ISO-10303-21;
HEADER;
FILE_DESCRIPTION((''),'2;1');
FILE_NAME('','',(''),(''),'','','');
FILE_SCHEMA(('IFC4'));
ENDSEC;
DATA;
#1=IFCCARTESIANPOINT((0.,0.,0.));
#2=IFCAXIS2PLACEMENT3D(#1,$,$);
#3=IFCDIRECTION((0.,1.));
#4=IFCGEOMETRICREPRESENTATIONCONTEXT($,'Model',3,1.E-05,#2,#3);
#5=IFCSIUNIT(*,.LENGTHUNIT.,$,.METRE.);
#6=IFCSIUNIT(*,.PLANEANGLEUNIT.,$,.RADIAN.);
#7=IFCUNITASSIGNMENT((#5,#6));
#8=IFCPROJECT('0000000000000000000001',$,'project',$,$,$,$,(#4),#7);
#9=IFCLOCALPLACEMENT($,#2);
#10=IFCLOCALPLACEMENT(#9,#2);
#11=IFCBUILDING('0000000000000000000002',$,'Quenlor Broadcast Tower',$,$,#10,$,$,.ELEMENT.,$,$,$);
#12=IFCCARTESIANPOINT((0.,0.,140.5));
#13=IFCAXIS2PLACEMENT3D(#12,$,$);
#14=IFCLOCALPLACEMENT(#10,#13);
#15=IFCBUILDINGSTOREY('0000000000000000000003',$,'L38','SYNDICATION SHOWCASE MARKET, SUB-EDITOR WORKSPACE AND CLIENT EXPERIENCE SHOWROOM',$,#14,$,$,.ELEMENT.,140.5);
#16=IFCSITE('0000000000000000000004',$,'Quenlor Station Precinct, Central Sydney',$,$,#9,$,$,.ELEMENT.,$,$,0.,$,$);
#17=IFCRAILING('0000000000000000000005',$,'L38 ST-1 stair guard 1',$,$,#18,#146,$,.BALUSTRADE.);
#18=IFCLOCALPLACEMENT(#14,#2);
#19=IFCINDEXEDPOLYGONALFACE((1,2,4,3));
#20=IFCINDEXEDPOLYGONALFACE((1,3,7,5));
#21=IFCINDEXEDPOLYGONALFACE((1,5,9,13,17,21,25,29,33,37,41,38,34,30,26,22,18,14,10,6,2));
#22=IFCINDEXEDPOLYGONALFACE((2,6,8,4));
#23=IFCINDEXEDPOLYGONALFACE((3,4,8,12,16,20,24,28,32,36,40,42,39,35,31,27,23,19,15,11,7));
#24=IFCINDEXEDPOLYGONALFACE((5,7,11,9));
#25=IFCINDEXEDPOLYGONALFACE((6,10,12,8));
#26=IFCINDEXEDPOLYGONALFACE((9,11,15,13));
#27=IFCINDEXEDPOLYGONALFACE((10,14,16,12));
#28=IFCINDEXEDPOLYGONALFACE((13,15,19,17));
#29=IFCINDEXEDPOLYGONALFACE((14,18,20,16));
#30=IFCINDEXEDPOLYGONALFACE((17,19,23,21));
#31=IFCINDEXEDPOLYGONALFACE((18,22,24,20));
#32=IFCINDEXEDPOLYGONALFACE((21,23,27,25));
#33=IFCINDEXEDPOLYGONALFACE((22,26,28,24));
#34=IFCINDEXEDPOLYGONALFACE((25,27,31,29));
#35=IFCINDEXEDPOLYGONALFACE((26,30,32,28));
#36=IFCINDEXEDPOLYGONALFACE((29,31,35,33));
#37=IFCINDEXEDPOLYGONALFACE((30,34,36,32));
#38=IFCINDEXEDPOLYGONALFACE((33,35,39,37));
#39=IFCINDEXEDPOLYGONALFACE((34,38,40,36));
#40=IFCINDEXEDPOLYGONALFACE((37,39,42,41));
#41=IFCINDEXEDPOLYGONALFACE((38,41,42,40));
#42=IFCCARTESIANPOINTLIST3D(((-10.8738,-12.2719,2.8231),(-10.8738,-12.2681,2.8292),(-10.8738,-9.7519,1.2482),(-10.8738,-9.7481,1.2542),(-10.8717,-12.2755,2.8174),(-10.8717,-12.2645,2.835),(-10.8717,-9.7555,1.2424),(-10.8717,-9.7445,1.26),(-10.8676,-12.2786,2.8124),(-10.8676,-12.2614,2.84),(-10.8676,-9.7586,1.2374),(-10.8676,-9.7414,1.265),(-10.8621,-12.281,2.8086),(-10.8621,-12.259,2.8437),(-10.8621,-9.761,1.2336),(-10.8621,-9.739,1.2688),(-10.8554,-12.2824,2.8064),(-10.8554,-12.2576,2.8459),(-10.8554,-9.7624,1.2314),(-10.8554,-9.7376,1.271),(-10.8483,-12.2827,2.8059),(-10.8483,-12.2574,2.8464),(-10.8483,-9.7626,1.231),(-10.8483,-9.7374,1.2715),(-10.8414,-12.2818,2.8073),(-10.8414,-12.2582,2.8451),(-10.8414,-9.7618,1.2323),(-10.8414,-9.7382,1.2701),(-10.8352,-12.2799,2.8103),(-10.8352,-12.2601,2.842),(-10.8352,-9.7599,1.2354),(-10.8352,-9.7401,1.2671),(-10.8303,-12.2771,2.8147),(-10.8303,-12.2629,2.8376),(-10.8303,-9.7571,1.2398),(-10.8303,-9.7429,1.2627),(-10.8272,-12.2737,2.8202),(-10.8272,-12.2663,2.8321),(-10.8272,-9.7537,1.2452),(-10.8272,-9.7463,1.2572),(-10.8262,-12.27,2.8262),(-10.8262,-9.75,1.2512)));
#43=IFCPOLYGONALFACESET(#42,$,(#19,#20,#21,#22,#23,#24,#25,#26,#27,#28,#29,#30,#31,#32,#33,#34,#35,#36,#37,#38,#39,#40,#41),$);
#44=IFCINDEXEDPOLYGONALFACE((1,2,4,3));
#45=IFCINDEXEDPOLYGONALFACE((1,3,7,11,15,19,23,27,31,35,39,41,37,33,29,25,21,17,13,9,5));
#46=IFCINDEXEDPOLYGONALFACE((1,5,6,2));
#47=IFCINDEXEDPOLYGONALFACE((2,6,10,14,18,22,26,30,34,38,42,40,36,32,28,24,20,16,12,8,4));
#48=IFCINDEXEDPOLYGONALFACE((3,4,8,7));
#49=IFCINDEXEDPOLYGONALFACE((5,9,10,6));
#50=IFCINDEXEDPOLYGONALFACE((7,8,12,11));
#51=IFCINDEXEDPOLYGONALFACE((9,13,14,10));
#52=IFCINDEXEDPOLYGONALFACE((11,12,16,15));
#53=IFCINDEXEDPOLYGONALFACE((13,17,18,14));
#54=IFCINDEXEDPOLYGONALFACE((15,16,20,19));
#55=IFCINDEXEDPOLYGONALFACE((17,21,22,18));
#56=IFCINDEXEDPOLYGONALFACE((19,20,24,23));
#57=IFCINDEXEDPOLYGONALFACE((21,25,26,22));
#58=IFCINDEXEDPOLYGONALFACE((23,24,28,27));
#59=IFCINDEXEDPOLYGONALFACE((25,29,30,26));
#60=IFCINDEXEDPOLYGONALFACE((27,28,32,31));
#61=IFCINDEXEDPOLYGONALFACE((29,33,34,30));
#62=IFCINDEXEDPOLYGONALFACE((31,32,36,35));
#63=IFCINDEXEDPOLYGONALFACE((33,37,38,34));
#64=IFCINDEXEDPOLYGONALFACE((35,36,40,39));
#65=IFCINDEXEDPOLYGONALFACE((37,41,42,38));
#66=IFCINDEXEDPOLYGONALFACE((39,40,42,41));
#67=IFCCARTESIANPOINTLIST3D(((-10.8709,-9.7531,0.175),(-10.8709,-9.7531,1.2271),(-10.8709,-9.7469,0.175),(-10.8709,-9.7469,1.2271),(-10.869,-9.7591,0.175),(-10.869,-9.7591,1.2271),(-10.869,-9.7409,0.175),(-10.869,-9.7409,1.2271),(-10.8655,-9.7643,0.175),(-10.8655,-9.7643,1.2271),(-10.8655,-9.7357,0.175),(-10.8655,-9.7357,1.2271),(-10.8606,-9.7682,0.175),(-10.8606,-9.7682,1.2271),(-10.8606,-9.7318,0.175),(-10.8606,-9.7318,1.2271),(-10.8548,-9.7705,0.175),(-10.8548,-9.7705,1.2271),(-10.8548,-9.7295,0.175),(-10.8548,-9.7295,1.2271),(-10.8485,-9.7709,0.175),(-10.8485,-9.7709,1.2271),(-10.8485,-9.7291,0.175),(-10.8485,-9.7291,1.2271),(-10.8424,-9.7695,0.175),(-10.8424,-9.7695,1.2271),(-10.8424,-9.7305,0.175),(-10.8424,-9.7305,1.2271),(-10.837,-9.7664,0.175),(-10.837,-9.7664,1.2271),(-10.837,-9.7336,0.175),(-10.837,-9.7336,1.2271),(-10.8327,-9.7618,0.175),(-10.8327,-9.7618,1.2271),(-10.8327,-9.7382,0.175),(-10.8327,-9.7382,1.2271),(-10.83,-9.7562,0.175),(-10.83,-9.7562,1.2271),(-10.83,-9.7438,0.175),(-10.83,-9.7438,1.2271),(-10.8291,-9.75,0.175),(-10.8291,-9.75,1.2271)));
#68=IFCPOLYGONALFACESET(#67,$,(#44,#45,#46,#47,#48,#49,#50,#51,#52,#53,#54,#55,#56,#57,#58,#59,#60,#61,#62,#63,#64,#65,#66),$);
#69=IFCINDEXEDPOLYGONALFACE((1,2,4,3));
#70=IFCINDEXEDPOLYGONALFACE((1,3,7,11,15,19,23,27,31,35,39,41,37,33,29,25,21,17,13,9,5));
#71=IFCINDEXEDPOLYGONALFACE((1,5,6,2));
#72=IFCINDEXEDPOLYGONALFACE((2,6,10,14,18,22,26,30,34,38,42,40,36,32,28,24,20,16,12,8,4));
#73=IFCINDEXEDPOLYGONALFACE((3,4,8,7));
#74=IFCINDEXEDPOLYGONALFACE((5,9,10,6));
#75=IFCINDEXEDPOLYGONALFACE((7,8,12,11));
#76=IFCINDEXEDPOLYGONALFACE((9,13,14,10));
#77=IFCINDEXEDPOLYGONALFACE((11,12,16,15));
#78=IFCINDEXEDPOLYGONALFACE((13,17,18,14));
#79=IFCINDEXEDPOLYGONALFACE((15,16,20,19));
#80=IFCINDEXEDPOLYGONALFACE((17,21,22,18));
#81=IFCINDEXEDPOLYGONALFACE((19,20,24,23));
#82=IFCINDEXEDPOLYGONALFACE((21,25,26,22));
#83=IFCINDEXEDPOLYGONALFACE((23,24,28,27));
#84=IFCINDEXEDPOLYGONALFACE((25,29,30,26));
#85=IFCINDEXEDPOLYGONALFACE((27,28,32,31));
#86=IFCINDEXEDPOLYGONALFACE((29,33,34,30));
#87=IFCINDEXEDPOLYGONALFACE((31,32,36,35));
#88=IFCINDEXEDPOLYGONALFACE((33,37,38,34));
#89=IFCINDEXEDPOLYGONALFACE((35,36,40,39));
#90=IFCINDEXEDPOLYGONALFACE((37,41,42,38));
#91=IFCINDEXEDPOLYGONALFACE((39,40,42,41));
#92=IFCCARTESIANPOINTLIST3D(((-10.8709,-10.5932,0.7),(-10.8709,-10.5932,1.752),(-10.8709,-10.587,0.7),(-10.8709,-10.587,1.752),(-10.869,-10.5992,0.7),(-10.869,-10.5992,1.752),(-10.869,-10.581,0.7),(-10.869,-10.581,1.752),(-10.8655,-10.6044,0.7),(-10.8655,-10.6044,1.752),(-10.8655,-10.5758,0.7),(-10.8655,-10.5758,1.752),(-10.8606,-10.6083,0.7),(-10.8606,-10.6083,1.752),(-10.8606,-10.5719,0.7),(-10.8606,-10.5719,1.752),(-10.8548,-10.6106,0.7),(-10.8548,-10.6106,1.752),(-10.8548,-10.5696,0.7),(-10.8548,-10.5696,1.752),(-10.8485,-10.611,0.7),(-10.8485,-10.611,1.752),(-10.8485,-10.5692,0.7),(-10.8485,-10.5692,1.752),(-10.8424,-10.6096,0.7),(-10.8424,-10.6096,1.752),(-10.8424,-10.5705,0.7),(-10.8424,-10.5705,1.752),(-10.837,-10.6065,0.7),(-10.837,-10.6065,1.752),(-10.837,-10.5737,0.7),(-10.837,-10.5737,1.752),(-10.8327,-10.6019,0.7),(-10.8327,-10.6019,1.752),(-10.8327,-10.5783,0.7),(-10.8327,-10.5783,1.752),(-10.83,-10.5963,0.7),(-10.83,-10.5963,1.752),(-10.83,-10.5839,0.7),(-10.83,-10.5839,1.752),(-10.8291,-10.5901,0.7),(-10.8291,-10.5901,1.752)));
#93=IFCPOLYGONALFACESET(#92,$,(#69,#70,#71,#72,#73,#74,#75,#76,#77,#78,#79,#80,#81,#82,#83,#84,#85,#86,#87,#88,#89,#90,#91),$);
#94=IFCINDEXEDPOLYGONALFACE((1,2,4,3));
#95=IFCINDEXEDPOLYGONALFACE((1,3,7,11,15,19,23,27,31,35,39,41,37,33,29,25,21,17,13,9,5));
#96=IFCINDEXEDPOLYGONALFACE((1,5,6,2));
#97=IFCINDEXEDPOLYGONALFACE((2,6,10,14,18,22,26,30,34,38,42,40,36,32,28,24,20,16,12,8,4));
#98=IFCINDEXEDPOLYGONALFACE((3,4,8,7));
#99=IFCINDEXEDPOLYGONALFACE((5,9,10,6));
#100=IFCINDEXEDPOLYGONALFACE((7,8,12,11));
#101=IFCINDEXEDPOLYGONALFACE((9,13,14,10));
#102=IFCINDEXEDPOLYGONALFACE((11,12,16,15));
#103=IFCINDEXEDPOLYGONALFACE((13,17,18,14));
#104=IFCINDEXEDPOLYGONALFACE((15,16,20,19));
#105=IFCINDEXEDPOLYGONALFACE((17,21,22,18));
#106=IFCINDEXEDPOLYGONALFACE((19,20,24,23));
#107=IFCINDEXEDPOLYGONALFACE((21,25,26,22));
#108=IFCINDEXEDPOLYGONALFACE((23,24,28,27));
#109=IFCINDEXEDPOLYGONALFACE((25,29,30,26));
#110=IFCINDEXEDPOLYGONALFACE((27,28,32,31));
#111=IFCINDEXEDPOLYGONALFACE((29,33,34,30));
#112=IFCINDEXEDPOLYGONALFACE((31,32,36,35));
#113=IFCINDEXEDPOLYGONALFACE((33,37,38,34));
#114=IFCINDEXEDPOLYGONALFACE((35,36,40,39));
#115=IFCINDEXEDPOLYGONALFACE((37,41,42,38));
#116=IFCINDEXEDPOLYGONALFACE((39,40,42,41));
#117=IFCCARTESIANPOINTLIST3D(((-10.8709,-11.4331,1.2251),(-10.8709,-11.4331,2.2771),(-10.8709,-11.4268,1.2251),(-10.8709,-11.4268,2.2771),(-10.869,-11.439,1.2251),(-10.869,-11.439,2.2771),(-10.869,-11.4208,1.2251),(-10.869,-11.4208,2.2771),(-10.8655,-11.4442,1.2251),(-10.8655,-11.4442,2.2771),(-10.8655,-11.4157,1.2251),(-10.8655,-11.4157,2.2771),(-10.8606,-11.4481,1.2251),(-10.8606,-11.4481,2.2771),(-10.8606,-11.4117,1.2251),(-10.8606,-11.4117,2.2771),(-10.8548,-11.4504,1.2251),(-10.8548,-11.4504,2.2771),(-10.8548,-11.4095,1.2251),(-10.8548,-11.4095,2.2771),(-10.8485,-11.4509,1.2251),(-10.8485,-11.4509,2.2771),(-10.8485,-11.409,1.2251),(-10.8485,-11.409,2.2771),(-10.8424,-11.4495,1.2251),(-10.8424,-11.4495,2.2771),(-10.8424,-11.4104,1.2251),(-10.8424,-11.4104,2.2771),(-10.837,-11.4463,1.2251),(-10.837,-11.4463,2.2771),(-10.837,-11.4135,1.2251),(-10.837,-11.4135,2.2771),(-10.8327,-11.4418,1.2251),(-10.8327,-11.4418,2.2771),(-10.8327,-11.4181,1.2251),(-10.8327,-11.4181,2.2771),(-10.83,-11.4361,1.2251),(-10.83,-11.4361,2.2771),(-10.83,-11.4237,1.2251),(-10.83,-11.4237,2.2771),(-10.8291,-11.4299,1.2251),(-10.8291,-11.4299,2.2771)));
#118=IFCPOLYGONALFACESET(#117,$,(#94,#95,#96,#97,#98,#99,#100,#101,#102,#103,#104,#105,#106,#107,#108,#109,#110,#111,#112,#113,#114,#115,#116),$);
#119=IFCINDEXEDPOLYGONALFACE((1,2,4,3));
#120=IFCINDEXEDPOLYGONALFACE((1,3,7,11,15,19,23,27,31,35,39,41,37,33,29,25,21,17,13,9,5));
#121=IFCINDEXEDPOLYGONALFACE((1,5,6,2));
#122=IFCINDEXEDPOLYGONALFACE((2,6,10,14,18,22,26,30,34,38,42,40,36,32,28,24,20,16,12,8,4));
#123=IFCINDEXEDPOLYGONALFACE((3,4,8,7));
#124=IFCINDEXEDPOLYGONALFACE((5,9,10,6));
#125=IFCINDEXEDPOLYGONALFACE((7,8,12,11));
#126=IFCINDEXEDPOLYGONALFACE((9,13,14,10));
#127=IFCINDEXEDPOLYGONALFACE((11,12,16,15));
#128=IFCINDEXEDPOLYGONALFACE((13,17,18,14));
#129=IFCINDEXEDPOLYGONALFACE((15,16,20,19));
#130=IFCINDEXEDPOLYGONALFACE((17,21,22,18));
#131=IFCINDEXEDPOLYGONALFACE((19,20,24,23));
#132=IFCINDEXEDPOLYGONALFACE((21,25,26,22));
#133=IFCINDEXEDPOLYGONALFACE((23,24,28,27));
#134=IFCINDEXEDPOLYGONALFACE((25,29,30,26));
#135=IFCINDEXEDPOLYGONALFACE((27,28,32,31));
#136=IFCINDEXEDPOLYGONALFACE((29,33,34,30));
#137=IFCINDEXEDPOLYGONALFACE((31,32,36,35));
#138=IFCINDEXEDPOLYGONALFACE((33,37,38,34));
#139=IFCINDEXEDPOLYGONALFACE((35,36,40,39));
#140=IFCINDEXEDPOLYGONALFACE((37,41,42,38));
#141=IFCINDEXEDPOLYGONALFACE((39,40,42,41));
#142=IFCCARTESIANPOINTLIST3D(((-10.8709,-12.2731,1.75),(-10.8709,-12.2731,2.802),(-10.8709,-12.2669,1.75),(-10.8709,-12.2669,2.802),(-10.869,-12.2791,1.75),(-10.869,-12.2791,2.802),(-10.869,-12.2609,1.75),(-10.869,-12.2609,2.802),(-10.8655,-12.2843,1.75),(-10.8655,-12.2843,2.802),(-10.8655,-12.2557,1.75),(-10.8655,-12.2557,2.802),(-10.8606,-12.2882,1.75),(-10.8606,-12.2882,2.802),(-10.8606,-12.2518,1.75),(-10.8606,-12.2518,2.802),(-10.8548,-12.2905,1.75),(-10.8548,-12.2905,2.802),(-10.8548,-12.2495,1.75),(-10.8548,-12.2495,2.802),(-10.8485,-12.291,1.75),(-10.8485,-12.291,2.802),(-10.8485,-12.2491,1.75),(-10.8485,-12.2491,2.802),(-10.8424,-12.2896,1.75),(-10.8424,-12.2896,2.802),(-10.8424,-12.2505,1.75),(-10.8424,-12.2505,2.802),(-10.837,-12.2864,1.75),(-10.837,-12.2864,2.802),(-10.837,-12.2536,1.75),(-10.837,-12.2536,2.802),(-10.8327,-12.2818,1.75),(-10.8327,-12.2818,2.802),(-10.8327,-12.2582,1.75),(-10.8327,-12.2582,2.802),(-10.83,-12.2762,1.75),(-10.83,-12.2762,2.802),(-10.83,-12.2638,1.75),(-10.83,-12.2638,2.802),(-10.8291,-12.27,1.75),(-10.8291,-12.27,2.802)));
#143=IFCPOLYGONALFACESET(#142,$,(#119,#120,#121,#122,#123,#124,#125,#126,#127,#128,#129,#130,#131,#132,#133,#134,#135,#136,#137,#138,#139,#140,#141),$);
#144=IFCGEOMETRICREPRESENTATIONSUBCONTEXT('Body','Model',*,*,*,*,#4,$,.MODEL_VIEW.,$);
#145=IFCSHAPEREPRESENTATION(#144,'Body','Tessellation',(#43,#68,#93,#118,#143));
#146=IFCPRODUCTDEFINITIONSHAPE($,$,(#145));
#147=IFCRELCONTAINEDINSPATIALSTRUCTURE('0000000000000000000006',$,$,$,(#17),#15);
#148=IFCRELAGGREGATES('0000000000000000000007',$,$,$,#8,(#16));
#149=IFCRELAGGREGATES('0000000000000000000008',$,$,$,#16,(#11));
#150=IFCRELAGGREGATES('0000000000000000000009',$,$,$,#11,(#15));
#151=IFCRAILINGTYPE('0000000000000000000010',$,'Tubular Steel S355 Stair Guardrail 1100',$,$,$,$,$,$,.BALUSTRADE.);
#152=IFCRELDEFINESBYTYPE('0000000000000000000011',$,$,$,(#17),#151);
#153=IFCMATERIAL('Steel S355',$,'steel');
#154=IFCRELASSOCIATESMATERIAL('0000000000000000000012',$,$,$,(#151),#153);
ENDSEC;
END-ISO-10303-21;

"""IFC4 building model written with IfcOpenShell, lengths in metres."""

from ifc_helpers import new_model, si_unit, direction, frame, origin, origin_2d, place, context, subcontext, project, spatial, circle, extrude, material, type_object, element, save


model = new_model("IFC4")

# Units and contexts
model_context = context("Model", 3, precision=1e-05, world=origin(), true_north=direction((0.0, 1.0)))
body_context = subcontext(model_context, "Body", "Model", "MODEL_VIEW")
ifc_project = project(units=[si_unit("LENGTHUNIT", "METRE"), si_unit("PLANEANGLEUNIT", "RADIAN")], contexts=[model_context])

# Site, building, storey
site_placement = place(None, origin())
site = spatial("IfcSite", under=ifc_project, at=site_placement, Name="Quenlor Station Precinct, Central Sydney", CompositionType="ELEMENT", RefElevation=0.0)
building_placement = place(site_placement, origin())
building = spatial("IfcBuilding", under=site, at=building_placement, Name="Quenlor Broadcast Tower", CompositionType="ELEMENT")
storey_placement = place(building_placement, frame((0.0, 0.0, 140.5)))
storey = spatial("IfcBuildingStorey", under=building, at=storey_placement, Name="L38", Description="SYNDICATION SHOWCASE MARKET, SUB-EDITOR WORKSPACE AND CLIENT EXPERIENCE SHOWROOM", CompositionType="ELEMENT", Elevation=140.5)

# Railing
ifc_material_1 = material(Name="Steel S355", Category="steel")
railing_type_1 = type_object("IfcRailingType", Name="Tubular Steel S355 Stair Guardrail 1100", PredefinedType="BALUSTRADE", material=ifc_material_1)
railing_1_placement = place(storey_placement, frame((-10.8501, -9.75, 0.175)))
element("IfcRailing", 1, at=railing_1_placement, inside=storey, type_object=railing_type_1, Name="L38 ST-1 stair guard 1", PredefinedType="BALUSTRADE", context=body_context, shape_type="SweptSolid", body=[
    extrude(circle(Radius=0.0239, at=origin_2d()), frame((0.0, 0.0, 1.0762), z_axis=(0.0, -0.848008, 0.529984), x_axis=(1.0, 0.0, 0.0)), (0.0, 0.0, 1.0), 2.9717),
    extrude(circle(Radius=0.021, at=origin_2d()), origin(), (0.0, 0.0, 1.0), 1.052),
    extrude(circle(Radius=0.021, at=origin_2d()), frame((0.0, -0.8401, 0.5249)), (0.0, 0.0, 1.0), 1.052),
    extrude(circle(Radius=0.021, at=origin_2d()), frame((0.0, -1.6799, 1.05)), (0.0, 0.0, 1.0), 1.052),
    extrude(circle(Radius=0.021, at=origin_2d()), frame((0.0, -2.52, 1.575)), (0.0, 0.0, 1.0), 1.052),
])

save(model, "model.ifc")
